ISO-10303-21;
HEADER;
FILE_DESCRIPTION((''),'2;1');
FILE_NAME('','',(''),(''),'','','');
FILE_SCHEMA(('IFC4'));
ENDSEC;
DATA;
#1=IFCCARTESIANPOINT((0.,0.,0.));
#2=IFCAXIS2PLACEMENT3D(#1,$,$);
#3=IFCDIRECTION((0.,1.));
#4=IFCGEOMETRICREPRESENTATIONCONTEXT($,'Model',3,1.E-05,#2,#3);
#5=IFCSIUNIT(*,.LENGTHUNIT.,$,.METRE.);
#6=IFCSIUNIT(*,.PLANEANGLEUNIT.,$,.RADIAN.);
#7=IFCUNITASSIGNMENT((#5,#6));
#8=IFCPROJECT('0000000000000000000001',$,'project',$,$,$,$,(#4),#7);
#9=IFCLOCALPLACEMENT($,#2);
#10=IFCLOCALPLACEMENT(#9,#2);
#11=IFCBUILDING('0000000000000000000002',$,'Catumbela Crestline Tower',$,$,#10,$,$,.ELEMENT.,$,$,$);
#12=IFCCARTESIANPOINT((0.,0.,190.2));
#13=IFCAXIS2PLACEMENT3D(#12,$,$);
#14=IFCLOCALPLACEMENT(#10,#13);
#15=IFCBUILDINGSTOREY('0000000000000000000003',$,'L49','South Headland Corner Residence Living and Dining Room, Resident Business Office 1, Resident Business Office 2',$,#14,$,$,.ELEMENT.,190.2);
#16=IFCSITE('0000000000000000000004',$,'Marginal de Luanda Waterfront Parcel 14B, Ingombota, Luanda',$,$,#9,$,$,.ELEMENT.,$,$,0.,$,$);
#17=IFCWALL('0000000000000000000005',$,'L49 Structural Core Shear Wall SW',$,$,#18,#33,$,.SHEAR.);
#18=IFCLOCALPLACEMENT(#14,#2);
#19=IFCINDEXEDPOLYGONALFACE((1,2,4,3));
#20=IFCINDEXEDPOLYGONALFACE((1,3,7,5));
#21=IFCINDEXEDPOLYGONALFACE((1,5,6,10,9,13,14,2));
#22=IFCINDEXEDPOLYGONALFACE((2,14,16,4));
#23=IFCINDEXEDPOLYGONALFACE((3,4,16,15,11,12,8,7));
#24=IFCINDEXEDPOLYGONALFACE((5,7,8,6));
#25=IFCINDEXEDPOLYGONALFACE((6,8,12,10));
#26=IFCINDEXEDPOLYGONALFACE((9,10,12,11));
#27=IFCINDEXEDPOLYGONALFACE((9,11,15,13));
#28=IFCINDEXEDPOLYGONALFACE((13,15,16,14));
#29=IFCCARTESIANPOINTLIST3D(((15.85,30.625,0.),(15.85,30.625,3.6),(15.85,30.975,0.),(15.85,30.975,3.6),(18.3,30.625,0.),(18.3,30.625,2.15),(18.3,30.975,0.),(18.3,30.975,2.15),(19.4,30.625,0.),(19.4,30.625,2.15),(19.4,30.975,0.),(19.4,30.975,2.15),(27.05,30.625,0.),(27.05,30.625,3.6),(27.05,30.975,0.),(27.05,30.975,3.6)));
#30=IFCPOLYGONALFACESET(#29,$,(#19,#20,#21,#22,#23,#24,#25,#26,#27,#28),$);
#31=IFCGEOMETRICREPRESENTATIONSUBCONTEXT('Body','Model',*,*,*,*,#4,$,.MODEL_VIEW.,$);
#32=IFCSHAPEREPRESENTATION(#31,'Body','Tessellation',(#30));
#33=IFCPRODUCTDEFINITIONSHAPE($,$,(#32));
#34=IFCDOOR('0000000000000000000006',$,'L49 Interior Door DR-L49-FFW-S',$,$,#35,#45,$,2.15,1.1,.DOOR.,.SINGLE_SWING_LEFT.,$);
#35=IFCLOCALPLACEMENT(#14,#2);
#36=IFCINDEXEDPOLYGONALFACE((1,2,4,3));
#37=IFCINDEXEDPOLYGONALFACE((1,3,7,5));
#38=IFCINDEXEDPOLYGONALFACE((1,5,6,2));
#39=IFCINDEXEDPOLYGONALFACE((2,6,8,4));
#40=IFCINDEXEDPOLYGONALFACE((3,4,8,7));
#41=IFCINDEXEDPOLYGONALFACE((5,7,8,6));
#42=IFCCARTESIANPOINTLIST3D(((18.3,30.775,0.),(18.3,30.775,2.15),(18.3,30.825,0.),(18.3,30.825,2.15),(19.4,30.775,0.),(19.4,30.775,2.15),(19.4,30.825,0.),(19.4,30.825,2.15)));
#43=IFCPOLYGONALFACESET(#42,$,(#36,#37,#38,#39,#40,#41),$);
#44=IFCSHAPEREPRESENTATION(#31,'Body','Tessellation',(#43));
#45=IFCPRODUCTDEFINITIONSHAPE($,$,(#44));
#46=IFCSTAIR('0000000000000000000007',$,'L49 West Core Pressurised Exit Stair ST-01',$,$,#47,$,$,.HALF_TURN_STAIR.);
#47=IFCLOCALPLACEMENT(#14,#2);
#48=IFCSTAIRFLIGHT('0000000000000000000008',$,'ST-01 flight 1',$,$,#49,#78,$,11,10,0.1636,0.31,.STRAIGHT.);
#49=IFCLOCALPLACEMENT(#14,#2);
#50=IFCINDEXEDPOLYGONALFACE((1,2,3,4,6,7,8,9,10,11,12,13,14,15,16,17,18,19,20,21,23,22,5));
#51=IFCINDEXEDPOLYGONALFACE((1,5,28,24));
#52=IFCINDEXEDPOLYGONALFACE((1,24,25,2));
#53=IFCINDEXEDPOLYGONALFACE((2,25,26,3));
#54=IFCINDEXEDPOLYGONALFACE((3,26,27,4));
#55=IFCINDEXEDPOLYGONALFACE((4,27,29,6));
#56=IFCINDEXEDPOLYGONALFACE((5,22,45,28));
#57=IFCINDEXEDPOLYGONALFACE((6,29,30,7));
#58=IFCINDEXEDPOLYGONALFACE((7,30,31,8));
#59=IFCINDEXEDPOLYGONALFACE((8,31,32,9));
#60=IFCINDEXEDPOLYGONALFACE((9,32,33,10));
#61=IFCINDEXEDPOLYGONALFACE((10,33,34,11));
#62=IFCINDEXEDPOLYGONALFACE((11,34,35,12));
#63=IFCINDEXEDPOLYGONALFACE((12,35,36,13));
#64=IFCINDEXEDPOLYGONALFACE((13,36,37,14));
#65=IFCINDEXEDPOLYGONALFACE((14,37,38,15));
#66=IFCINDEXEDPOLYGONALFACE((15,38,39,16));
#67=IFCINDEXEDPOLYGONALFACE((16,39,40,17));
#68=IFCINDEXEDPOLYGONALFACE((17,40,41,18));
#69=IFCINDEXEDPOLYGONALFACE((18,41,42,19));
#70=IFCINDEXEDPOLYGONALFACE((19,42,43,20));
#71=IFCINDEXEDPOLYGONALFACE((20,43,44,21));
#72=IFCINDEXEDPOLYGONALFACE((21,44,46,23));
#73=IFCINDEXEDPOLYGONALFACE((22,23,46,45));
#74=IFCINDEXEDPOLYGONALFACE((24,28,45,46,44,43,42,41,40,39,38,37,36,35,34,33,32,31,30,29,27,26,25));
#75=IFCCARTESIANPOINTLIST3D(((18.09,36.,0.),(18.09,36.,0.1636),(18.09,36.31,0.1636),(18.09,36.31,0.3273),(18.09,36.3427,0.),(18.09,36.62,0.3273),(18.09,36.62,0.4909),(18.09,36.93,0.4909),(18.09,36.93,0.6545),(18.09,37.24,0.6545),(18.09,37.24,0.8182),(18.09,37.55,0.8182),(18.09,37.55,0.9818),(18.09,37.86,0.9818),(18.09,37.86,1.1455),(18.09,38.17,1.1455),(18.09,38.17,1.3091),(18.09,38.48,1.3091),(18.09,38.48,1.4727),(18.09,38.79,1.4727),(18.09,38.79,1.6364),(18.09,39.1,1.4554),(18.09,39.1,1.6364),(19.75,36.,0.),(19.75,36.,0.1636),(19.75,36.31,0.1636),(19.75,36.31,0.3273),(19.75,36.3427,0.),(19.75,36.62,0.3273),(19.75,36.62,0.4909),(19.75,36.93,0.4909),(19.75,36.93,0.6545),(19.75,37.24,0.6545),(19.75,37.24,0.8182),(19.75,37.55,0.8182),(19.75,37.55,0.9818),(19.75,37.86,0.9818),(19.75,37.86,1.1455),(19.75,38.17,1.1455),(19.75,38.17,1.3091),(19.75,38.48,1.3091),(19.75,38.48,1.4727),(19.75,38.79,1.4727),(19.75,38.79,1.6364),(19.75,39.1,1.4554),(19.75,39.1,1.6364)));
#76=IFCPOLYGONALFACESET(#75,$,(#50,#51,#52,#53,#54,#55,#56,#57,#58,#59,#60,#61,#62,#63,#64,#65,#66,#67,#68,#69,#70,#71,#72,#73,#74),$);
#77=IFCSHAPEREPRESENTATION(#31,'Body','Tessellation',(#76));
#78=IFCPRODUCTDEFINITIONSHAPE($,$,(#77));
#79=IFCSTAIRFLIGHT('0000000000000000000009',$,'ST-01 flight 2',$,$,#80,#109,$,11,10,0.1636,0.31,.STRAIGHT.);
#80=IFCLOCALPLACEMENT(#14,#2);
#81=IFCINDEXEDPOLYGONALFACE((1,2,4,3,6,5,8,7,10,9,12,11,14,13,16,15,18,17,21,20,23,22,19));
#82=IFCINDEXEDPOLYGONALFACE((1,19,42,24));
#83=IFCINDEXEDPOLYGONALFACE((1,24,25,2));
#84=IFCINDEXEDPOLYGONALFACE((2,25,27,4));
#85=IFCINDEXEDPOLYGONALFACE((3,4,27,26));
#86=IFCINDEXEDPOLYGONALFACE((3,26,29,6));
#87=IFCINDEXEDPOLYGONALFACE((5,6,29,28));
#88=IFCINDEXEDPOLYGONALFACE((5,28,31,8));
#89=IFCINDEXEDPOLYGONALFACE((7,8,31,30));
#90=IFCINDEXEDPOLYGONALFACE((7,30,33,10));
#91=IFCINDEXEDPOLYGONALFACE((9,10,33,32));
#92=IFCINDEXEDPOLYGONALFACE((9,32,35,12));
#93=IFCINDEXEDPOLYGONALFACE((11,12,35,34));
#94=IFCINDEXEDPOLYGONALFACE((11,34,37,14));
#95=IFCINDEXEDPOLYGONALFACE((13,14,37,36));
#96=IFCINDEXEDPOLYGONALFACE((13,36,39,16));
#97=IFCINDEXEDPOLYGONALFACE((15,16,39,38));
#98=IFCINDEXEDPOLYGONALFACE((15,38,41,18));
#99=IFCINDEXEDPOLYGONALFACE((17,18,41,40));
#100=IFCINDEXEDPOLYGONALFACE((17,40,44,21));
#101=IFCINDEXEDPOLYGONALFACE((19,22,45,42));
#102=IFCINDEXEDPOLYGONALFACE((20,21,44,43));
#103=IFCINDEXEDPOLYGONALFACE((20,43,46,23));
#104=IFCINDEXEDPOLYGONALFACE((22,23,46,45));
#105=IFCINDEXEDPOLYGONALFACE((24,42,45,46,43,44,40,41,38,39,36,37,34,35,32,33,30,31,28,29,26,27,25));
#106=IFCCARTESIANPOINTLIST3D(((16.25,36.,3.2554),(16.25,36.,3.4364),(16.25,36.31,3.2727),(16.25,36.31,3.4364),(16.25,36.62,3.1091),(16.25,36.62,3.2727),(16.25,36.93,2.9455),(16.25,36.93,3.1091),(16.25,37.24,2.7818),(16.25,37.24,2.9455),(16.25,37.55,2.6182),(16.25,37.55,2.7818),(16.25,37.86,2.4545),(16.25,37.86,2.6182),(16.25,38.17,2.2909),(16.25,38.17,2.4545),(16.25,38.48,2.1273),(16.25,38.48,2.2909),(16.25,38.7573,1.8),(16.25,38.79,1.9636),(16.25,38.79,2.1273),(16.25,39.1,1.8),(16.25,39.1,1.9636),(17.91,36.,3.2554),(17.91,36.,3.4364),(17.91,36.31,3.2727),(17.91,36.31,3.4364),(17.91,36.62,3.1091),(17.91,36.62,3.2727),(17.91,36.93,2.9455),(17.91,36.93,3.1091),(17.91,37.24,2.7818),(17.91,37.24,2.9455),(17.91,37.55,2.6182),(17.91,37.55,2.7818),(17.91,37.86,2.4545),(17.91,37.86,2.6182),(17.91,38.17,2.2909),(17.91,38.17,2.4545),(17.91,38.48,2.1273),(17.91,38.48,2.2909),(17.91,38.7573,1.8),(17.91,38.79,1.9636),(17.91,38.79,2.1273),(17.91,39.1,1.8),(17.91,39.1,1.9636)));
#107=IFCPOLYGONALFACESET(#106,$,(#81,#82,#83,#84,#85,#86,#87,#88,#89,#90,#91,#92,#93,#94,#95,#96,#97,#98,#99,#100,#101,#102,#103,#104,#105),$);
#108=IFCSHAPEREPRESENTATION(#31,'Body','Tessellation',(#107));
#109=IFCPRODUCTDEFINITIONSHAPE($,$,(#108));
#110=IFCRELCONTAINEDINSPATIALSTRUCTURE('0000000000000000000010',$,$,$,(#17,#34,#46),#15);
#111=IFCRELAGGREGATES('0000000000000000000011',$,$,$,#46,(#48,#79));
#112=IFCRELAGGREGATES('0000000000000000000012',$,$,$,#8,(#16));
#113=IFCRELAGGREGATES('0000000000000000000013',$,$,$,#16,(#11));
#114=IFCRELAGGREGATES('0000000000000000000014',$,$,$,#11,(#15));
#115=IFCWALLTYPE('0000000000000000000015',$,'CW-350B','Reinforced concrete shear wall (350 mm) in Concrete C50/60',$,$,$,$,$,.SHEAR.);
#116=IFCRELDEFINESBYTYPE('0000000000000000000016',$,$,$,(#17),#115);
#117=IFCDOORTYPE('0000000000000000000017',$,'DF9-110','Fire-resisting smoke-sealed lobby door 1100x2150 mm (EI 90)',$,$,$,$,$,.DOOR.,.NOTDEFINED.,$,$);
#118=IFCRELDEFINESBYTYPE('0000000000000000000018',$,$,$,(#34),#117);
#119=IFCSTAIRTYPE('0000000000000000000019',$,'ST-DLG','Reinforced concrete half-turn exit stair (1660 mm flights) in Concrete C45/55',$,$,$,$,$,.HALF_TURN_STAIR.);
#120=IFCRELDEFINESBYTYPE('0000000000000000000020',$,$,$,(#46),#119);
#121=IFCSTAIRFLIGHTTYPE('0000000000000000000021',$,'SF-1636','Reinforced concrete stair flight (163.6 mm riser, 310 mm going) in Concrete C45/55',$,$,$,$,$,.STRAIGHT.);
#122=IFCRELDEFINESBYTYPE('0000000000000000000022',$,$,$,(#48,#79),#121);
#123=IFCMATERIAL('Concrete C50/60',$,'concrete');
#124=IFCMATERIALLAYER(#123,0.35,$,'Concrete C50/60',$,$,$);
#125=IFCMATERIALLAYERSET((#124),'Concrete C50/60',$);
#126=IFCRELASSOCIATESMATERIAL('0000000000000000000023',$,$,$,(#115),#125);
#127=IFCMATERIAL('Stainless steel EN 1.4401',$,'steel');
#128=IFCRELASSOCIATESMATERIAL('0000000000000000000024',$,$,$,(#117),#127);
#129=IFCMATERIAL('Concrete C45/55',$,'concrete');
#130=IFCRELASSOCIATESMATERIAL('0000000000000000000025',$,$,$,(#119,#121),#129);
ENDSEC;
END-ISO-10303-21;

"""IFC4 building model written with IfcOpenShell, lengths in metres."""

from ifc_helpers import new_model, si_unit, direction, frame, frame_2d, origin, place, context, subcontext, project, spatial, polyline, rectangle, outline, extrude, material, layer, layer_set, type_object, element, fill, aggregate, save


model = new_model("IFC4")

# Units and contexts
model_context = context("Model", 3, precision=1e-05, world=origin(), true_north=direction((0.0, 1.0)))
body_context = subcontext(model_context, "Body", "Model", "MODEL_VIEW")
ifc_project = project(units=[si_unit("LENGTHUNIT", "METRE"), si_unit("PLANEANGLEUNIT", "RADIAN")], contexts=[model_context])

# Site, building, storey
site_placement = place(None, origin())
site = spatial("IfcSite", under=ifc_project, at=site_placement, Name="Marginal de Luanda Waterfront Parcel 14B, Ingombota, Luanda", CompositionType="ELEMENT", RefElevation=0.0)
building_placement = place(site_placement, origin())
building = spatial("IfcBuilding", under=site, at=building_placement, Name="Catumbela Crestline Tower", CompositionType="ELEMENT")
storey_placement = place(building_placement, frame((0.0, 0.0, 190.2)))
storey = spatial("IfcBuildingStorey", under=building, at=storey_placement, Name="L49", Description="South Headland Corner Residence Living and Dining Room, Resident Business Office 1, Resident Business Office 2", CompositionType="ELEMENT", Elevation=190.2)

# Shared definitions
ifc_material_1 = material(Name="Concrete C50/60", Category="concrete")

# Shared definitions
ifc_material_2 = material(Name="Stainless steel EN 1.4401", Category="steel")

# Wall, opening, door
ifc_layer_1 = layer(ifc_material_1, 0.35, Name="Concrete C50/60")
ifc_layer_set_1 = layer_set([ifc_layer_1], Name="Concrete C50/60")
wall_type_1 = type_object("IfcWallType", Name="CW-350B", Description="Reinforced concrete shear wall (350 mm) in Concrete C50/60", PredefinedType="SHEAR", material=ifc_layer_set_1)
wall_1_placement = place(storey_placement, frame((15.85, 30.8, 0.0), z_axis=(0.0, 0.0, 1.0), x_axis=(1.0, 0.0, 0.0)))
wall_1 = element("IfcWall", 1, at=wall_1_placement, inside=storey, type_object=wall_type_1, Name="L49 Structural Core Shear Wall SW", PredefinedType="SHEAR", context=body_context, shape_type="SweptSolid", body=[
    extrude(rectangle(XDim=11.2, YDim=0.35, at=frame_2d((5.6, 0.0))), origin(), (0.0, 0.0, 1.0), 3.6),
])
opening_1_placement = place(wall_1_placement, frame((2.45, 0.0, 0.0)))
opening_1 = element("IfcOpeningElement", 2, at=opening_1_placement, cuts=wall_1, PredefinedType="OPENING", context=body_context, shape_type="SweptSolid", body=[
    extrude(rectangle(XDim=1.1, YDim=2.15, at=frame_2d((0.55, 1.075))), frame((0.0, 0.185, 0.0), z_axis=(0.0, -1.0, 0.0), x_axis=(1.0, 0.0, 0.0)), (0.0, 0.0, 1.0), 0.37),
])
door_type_1 = type_object("IfcDoorType", Name="DF9-110", Description="Fire-resisting smoke-sealed lobby door 1100x2150 mm (EI 90)", OperationType="NOTDEFINED", PredefinedType="DOOR", material=ifc_material_2)
door_1_placement = place(opening_1_placement, origin())
door_1 = element("IfcDoor", 3, at=door_1_placement, inside=storey, type_object=door_type_1, Name="L49 Interior Door DR-L49-FFW-S", OperationType="SINGLE_SWING_LEFT", OverallHeight=2.15, OverallWidth=1.1, PredefinedType="DOOR", context=body_context, shape_type="SweptSolid", body=[
    extrude(rectangle(XDim=1.1, YDim=2.15, at=frame_2d((0.55, 1.075))), frame((0.0, 0.025, 0.0), z_axis=(0.0, -1.0, 0.0), x_axis=(1.0, 0.0, 0.0)), (0.0, 0.0, 1.0), 0.05),
])
fill(opening_1, door_1)

# Stair, stair flights
ifc_material_3 = material(Name="Concrete C45/55", Category="concrete")
stair_type = type_object("IfcStairType", Name="ST-DLG", Description="Reinforced concrete half-turn exit stair (1660 mm flights) in Concrete C45/55", PredefinedType="HALF_TURN_STAIR", material=ifc_material_3)
stair_placement = place(storey_placement, origin())
stair = element("IfcStair", 4, at=stair_placement, inside=storey, type_object=stair_type, Name="L49 West Core Pressurised Exit Stair ST-01", PredefinedType="HALF_TURN_STAIR")
stair_flight_type = type_object("IfcStairFlightType", Name="SF-1636", Description="Reinforced concrete stair flight (163.6 mm riser, 310 mm going) in Concrete C45/55", PredefinedType="STRAIGHT", material=ifc_material_3)
stair_flight_1_placement = place(storey_placement, frame((18.92, 36.0, 0.0), z_axis=(0.0, 0.0, 1.0), x_axis=(0.0, 1.0, 0.0)))
stair_flight_1 = element("IfcStairFlight", 5, at=stair_flight_1_placement, type_object=stair_flight_type, Name="ST-01 flight 1", NumberOfRisers=11, NumberOfTreads=10, PredefinedType="STRAIGHT", RiserHeight=0.1636, TreadLength=0.31, context=body_context, shape_type="SweptSolid", body=[
    extrude(outline(polyline([(0.0, 0.0), (0.0, 0.1636), (0.31, 0.1636), (0.31, 0.3273), (0.62, 0.3273), (0.62, 0.4909), (0.93, 0.4909), (0.93, 0.6545), (1.24, 0.6545), (1.24, 0.8182), (1.55, 0.8182), (1.55, 0.9818), (1.86, 0.9818), (1.86, 1.1455), (2.17, 1.1455), (2.17, 1.3091), (2.48, 1.3091), (2.48, 1.4727), (2.79, 1.4727), (2.79, 1.6364), (3.1, 1.6364), (3.1, 1.8), (3.1, 1.4554), (0.3427, 0.0), (0.0, 0.0)])), frame((0.0, 0.83, 0.0), z_axis=(0.0, -1.0, 0.0), x_axis=(1.0, 0.0, 0.0)), (0.0, 0.0, 1.0), 1.66),
])
stair_flight_2_placement = place(storey_placement, frame((17.08, 39.1, 1.8), z_axis=(0.0, 0.0, 1.0), x_axis=(0.0, -1.0, 0.0)))
stair_flight_2 = element("IfcStairFlight", 6, at=stair_flight_2_placement, type_object=stair_flight_type, Name="ST-01 flight 2", NumberOfRisers=11, NumberOfTreads=10, PredefinedType="STRAIGHT", RiserHeight=0.1636, TreadLength=0.31, context=body_context, shape_type="SweptSolid", body=[
    extrude(outline(polyline([(0.0, 0.0), (0.0, 0.1636), (0.31, 0.1636), (0.31, 0.3273), (0.62, 0.3273), (0.62, 0.4909), (0.93, 0.4909), (0.93, 0.6545), (1.24, 0.6545), (1.24, 0.8182), (1.55, 0.8182), (1.55, 0.9818), (1.86, 0.9818), (1.86, 1.1455), (2.17, 1.1455), (2.17, 1.3091), (2.48, 1.3091), (2.48, 1.4727), (2.79, 1.4727), (2.79, 1.6364), (3.1, 1.6364), (3.1, 1.8), (3.1, 1.4554), (0.3427, 0.0), (0.0, 0.0)])), frame((0.0, 0.83, 0.0), z_axis=(0.0, -1.0, 0.0), x_axis=(1.0, 0.0, 0.0)), (0.0, 0.0, 1.0), 1.66),
])
aggregate(stair, [stair_flight_1, stair_flight_2])

save(model, "model.ifc")
